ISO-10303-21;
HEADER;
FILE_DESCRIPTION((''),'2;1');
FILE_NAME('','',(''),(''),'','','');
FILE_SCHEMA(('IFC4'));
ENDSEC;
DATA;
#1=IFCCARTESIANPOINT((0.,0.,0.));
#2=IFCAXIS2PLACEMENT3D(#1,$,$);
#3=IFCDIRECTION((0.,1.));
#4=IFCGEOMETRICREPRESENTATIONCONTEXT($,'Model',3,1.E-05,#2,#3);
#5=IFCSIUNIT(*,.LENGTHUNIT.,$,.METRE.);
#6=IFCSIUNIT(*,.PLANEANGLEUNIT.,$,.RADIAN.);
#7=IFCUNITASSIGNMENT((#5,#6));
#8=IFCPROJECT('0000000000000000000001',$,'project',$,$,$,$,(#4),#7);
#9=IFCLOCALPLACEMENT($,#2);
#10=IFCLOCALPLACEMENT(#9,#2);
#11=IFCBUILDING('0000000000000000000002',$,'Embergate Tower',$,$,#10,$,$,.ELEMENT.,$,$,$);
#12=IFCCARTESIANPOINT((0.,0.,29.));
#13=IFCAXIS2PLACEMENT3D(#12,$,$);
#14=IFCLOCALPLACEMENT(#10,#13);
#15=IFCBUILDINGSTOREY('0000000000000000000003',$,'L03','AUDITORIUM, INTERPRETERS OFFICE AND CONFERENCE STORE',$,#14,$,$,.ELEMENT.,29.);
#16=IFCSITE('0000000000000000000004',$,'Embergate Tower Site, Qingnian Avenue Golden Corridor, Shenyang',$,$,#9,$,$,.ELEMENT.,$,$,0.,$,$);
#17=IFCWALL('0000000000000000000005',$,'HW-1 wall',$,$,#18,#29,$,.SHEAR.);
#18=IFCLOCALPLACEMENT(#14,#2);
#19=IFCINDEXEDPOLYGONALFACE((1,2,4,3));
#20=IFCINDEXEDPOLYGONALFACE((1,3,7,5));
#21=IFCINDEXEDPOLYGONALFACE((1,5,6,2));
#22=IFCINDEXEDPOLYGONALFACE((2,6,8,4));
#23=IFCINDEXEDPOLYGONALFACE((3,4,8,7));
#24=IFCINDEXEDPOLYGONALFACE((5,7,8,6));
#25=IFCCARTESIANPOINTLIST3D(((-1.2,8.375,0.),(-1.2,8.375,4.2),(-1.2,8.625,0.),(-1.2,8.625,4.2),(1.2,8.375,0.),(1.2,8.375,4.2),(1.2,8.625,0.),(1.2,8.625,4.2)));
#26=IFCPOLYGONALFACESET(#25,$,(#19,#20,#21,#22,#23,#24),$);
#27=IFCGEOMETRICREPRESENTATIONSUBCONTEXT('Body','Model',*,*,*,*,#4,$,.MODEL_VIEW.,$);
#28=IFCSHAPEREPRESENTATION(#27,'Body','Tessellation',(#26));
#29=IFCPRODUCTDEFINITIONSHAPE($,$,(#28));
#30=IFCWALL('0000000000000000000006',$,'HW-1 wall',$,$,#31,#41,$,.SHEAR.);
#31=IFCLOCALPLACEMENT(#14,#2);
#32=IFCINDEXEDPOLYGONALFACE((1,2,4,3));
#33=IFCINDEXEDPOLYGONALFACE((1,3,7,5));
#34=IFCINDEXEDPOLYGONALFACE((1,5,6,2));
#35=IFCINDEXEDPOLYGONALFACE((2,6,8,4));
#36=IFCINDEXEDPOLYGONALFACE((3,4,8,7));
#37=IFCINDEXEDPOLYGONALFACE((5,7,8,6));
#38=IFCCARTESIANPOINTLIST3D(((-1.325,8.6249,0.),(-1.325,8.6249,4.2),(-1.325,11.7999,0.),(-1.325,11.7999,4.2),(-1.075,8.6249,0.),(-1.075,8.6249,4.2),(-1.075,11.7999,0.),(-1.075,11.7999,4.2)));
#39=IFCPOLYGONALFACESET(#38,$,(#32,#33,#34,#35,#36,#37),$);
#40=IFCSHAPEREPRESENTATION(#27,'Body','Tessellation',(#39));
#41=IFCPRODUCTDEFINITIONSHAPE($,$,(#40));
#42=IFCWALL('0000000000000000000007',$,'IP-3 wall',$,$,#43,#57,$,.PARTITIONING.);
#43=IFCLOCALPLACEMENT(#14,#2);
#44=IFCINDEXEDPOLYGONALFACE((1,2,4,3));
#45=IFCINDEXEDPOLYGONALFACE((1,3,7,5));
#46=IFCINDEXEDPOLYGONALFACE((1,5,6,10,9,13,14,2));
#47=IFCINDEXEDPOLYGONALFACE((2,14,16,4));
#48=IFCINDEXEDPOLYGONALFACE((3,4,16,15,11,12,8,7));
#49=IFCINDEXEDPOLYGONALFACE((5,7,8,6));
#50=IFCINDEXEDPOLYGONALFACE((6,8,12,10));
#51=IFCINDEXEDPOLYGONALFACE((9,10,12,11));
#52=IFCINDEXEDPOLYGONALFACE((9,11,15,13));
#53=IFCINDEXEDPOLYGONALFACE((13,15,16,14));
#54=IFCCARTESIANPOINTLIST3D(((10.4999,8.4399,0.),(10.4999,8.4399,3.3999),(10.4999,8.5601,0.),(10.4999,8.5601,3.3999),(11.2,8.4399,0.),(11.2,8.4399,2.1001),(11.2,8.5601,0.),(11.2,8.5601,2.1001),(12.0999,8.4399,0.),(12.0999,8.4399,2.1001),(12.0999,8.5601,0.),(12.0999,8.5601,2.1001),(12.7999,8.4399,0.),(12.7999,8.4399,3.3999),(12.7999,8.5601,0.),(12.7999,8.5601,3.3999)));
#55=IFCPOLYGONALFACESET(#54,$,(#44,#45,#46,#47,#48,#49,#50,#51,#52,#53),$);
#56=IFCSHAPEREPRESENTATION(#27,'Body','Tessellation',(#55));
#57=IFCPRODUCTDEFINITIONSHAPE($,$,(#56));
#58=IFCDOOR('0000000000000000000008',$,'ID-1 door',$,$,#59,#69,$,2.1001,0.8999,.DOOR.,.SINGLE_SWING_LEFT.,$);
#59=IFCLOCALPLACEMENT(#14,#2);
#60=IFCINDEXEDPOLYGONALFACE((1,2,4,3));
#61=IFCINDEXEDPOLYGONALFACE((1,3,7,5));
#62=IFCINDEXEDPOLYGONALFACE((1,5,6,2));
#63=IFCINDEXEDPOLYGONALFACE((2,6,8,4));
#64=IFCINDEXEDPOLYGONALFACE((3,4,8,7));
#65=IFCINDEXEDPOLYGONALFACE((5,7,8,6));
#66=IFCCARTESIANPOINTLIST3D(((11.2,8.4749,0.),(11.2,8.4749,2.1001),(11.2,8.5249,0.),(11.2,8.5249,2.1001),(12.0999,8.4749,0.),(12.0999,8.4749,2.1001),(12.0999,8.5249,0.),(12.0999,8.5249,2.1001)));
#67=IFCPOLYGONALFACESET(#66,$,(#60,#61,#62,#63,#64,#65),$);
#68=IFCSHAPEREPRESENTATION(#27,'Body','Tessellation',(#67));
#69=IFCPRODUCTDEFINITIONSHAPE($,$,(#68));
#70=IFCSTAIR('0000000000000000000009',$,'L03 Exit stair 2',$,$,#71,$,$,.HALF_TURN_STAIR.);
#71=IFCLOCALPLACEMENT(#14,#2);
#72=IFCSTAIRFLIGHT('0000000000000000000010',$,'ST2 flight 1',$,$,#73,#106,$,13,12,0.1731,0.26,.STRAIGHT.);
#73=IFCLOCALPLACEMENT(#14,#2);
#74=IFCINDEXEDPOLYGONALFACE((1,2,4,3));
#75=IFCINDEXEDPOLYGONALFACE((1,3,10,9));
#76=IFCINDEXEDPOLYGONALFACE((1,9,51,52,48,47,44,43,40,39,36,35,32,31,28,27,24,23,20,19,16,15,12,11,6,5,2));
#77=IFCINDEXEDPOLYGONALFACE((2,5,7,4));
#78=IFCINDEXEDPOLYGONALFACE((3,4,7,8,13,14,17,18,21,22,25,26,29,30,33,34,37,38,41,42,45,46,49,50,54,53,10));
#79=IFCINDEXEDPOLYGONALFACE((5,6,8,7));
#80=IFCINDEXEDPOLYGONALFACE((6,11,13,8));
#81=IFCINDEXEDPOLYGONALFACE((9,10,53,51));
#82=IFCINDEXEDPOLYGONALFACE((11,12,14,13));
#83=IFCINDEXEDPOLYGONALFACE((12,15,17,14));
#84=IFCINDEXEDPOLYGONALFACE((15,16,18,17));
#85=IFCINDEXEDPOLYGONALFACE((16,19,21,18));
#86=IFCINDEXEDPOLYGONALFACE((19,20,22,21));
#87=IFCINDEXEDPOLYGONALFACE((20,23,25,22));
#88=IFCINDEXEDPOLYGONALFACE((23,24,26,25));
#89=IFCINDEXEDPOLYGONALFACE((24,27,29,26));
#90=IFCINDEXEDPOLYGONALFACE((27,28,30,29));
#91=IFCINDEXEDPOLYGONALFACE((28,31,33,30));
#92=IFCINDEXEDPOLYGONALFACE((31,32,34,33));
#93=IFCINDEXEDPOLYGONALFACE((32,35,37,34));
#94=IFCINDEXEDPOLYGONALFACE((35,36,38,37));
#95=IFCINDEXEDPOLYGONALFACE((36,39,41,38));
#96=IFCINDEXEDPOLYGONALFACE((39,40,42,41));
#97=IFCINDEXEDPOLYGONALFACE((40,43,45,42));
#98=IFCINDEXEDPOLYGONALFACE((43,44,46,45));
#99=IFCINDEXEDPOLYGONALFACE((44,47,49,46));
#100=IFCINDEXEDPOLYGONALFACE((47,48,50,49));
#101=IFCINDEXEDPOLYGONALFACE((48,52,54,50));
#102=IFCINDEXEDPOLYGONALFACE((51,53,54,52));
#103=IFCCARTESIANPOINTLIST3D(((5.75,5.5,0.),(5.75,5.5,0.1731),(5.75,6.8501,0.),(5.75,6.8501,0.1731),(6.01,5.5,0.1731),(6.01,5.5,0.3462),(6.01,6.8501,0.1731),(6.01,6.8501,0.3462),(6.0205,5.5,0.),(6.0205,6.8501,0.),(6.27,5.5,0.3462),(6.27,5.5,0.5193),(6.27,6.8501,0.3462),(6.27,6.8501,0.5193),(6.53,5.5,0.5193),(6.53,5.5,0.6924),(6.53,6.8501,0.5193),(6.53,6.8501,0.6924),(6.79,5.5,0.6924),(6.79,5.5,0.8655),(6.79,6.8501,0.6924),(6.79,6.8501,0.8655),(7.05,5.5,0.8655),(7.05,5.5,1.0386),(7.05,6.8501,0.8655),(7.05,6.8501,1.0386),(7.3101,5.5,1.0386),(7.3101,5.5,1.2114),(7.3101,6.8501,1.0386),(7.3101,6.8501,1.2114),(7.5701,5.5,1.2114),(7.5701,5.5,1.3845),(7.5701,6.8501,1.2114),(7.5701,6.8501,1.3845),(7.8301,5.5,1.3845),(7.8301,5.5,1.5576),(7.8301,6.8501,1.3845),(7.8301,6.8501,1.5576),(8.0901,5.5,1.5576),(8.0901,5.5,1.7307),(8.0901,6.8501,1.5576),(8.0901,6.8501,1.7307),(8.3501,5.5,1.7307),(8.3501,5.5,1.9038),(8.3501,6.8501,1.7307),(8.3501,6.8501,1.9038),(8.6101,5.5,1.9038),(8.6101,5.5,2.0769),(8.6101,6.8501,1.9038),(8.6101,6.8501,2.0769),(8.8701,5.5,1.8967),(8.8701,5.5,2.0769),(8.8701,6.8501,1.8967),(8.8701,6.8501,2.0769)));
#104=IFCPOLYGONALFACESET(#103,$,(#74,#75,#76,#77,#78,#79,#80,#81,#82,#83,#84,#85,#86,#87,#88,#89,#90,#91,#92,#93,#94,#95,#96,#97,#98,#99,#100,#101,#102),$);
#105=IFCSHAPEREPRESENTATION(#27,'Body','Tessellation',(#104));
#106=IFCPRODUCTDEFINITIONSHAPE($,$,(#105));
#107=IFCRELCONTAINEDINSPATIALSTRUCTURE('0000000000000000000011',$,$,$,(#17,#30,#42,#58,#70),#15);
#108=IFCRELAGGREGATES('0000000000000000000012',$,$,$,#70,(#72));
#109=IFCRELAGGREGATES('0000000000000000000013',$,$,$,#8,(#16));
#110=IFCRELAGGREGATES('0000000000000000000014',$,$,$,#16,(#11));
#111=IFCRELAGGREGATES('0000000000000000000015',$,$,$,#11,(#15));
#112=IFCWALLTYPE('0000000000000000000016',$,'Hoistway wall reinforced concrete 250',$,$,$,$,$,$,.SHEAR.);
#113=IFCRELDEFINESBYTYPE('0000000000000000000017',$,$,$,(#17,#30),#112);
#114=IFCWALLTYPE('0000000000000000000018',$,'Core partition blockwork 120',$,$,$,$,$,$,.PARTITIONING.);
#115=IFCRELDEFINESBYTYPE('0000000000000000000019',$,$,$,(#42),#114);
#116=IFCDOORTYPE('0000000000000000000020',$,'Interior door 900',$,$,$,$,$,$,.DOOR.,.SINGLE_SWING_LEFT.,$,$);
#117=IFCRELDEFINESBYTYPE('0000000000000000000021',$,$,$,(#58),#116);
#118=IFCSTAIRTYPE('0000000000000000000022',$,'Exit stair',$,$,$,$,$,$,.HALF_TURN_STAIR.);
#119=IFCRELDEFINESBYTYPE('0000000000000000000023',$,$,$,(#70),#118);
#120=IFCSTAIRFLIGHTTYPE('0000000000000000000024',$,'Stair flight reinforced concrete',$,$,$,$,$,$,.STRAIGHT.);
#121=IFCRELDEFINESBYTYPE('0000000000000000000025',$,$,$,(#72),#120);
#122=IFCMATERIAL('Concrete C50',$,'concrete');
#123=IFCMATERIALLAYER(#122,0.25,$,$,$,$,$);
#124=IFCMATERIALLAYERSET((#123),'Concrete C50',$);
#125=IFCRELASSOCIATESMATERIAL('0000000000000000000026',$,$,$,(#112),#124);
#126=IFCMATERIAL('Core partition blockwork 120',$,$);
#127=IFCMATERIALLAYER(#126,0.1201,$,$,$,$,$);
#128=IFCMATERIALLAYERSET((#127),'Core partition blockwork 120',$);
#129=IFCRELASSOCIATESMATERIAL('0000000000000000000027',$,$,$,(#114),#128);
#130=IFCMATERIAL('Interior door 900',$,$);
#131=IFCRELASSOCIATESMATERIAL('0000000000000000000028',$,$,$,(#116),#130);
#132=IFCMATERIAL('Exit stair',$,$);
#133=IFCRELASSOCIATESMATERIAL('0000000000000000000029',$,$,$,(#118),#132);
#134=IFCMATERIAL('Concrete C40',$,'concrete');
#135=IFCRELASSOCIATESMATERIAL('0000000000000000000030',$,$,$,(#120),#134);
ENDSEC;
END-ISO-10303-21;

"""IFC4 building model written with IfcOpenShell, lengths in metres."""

from ifc_helpers import new_model, si_unit, direction, frame, frame_2d, origin, place, context, subcontext, project, spatial, polyline, rectangle, outline, extrude, source, transform, mapped, material, layer, layer_set, type_object, element, fill, aggregate, save


model = new_model("IFC4")

# Units and contexts
model_context = context("Model", 3, precision=1e-05, world=origin(), true_north=direction((0.0, 1.0)))
body_context = subcontext(model_context, "Body", "Model", "MODEL_VIEW")
ifc_project = project(units=[si_unit("LENGTHUNIT", "METRE"), si_unit("PLANEANGLEUNIT", "RADIAN")], contexts=[model_context])

# Site, building, storey
site_placement = place(None, origin())
site = spatial("IfcSite", under=ifc_project, at=site_placement, Name="Embergate Tower Site, Qingnian Avenue Golden Corridor, Shenyang", CompositionType="ELEMENT", RefElevation=0.0)
building_placement = place(site_placement, origin())
building = spatial("IfcBuilding", under=site, at=building_placement, Name="Embergate Tower", CompositionType="ELEMENT")
storey_placement = place(building_placement, frame((0.0, 0.0, 29.0)))
storey = spatial("IfcBuildingStorey", under=building, at=storey_placement, Name="L03", Description="AUDITORIUM, INTERPRETERS OFFICE AND CONFERENCE STORE", CompositionType="ELEMENT", Elevation=29.0)

# Shared definitions
ifc_material_1 = material(Name="Concrete C50", Category="concrete")
ifc_layer_1 = layer(ifc_material_1, 0.25)
ifc_layer_set_1 = layer_set([ifc_layer_1], Name="Concrete C50")
wall_type_1 = type_object("IfcWallType", Name="Hoistway wall reinforced concrete 250", PredefinedType="SHEAR", material=ifc_layer_set_1)

# Shared definitions
ifc_material_2 = material(Name="Core partition blockwork 120")
ifc_layer_2 = layer(ifc_material_2, 0.1201)
ifc_layer_set_2 = layer_set([ifc_layer_2], Name="Core partition blockwork 120")
wall_type_2 = type_object("IfcWallType", Name="Core partition blockwork 120", PredefinedType="PARTITIONING", material=ifc_layer_set_2)
shared_shape_1 = source(origin(), body_context, "Body", "SweptSolid", [
    extrude(rectangle(XDim=0.8999, YDim=2.1001, at=frame_2d((0.45, 1.05))), frame((0.0, 0.0701, 0.0), z_axis=(0.0, -1.0, 0.0), x_axis=(1.0, 0.0, 0.0)), (0.0, 0.0, 1.0), 0.1401),
])
ifc_material_3 = material(Name="Interior door 900")
door_type_1 = type_object("IfcDoorType", Name="Interior door 900", OperationType="SINGLE_SWING_LEFT", PredefinedType="DOOR", material=ifc_material_3)
shared_shape_2 = source(origin(), body_context, "Body", "SweptSolid", [
    extrude(rectangle(XDim=0.8999, YDim=2.1001, at=frame_2d((0.45, 1.05))), frame((0.0, 0.0249, 0.0), z_axis=(0.0, -1.0, 0.0), x_axis=(1.0, 0.0, 0.0)), (0.0, 0.0, 1.0), 0.05),
])

# Walls
shared_shape_3 = source(origin(), body_context, "Body", "SweptSolid", [
    extrude(rectangle(XDim=2.3999, YDim=0.25, at=frame_2d((1.2, 0.0))), origin(), (0.0, 0.0, 1.0), 4.2),
])
wall_1_placement = place(storey_placement, frame((1.2, 8.5, 0.0), z_axis=(0.0, 0.0, 1.0), x_axis=(-1.0, 0.0, 0.0)))
element("IfcWall", 1, at=wall_1_placement, inside=storey, type_object=wall_type_1, Name="HW-1 wall", PredefinedType="SHEAR", context=body_context, shape_type="MappedRepresentation", body=[
    mapped(shared_shape_3, transform((0.0, 0.0, 0.0))),
])
shared_shape_4 = source(origin(), body_context, "Body", "SweptSolid", [
    extrude(rectangle(XDim=3.175, YDim=0.25, at=frame_2d((1.5874, 0.0))), origin(), (0.0, 0.0, 1.0), 4.2),
])
wall_2_placement = place(storey_placement, frame((-1.2, 8.625, 0.0), z_axis=(0.0, 0.0, 1.0), x_axis=(0.0, 1.0, 0.0)))
element("IfcWall", 2, at=wall_2_placement, inside=storey, type_object=wall_type_1, Name="HW-1 wall", PredefinedType="SHEAR", context=body_context, shape_type="MappedRepresentation", body=[
    mapped(shared_shape_4, transform((0.0, 0.0, 0.0))),
])

# Wall, opening, door
shared_shape_5 = source(origin(), body_context, "Body", "SweptSolid", [
    extrude(rectangle(XDim=2.3, YDim=0.1201, at=frame_2d((1.1499, 0.0))), origin(), (0.0, 0.0, 1.0), 3.3999),
])
wall_3_placement = place(storey_placement, frame((10.5, 8.5, 0.0), z_axis=(0.0, 0.0, 1.0), x_axis=(1.0, 0.0, 0.0)))
wall_3 = element("IfcWall", 3, at=wall_3_placement, inside=storey, type_object=wall_type_2, Name="IP-3 wall", PredefinedType="PARTITIONING", context=body_context, shape_type="MappedRepresentation", body=[
    mapped(shared_shape_5, transform((0.0, 0.0, 0.0))),
])
opening_1_placement = place(wall_3_placement, frame((0.7, 0.0, 0.0)))
opening_1 = element("IfcOpeningElement", 4, at=opening_1_placement, cuts=wall_3, PredefinedType="OPENING", context=body_context, shape_type="MappedRepresentation", body=[
    mapped(shared_shape_1, transform((0.0, 0.0, 0.0))),
])
door_1_placement = place(opening_1_placement, origin())
door_1 = element("IfcDoor", 5, at=door_1_placement, inside=storey, type_object=door_type_1, Name="ID-1 door", OperationType="SINGLE_SWING_LEFT", OverallHeight=2.1001, OverallWidth=0.8999, PredefinedType="DOOR", context=body_context, shape_type="MappedRepresentation", body=[
    mapped(shared_shape_2, transform((0.0, 0.0, 0.0))),
])
fill(opening_1, door_1)

# Stair, stair flight
ifc_material_4 = material(Name="Exit stair")
stair_type = type_object("IfcStairType", Name="Exit stair", PredefinedType="HALF_TURN_STAIR", material=ifc_material_4)
stair_placement = place(storey_placement, origin())
stair = element("IfcStair", 6, at=stair_placement, inside=storey, type_object=stair_type, Name="L03 Exit stair 2", PredefinedType="HALF_TURN_STAIR")
ifc_material_5 = material(Name="Concrete C40", Category="concrete")
stair_flight_type = type_object("IfcStairFlightType", Name="Stair flight reinforced concrete", PredefinedType="STRAIGHT", material=ifc_material_5)
shared_shape_6 = source(origin(), body_context, "Body", "SweptSolid", [
    extrude(outline(polyline([(0.0, 0.0), (0.0, 0.1731), (0.26, 0.1731), (0.26, 0.3462), (0.52, 0.3462), (0.52, 0.5193), (0.78, 0.5193), (0.78, 0.6924), (1.04, 0.6924), (1.04, 0.8655), (1.3, 0.8655), (1.3, 1.0386), (1.5601, 1.0386), (1.5601, 1.2114), (1.8201, 1.2114), (1.8201, 1.3845), (2.0801, 1.3845), (2.0801, 1.5576), (2.3401, 1.5576), (2.3401, 1.7307), (2.6001, 1.7307), (2.6001, 1.9038), (2.8601, 1.9038), (2.8601, 2.0769), (3.1201, 2.0769), (3.1201, 2.25), (3.1201, 1.8967), (0.2705, 0.0), (0.0, 0.0)])), frame((0.0, 0.675, 0.0), z_axis=(0.0, -1.0, 0.0), x_axis=(1.0, 0.0, 0.0)), (0.0, 0.0, 1.0), 1.3501),
])
stair_flight_placement = place(storey_placement, frame((5.75, 6.175, 0.0), z_axis=(0.0, 0.0, 1.0), x_axis=(1.0, 0.0, 0.0)))
stair_flight = element("IfcStairFlight", 7, at=stair_flight_placement, type_object=stair_flight_type, Name="ST2 flight 1", NumberOfRisers=13, NumberOfTreads=12, PredefinedType="STRAIGHT", RiserHeight=0.1731, TreadLength=0.26, context=body_context, shape_type="MappedRepresentation", body=[
    mapped(shared_shape_6, transform((0.0, 0.0, 0.0))),
])
aggregate(stair, [stair_flight])

save(model, "model.ifc")
